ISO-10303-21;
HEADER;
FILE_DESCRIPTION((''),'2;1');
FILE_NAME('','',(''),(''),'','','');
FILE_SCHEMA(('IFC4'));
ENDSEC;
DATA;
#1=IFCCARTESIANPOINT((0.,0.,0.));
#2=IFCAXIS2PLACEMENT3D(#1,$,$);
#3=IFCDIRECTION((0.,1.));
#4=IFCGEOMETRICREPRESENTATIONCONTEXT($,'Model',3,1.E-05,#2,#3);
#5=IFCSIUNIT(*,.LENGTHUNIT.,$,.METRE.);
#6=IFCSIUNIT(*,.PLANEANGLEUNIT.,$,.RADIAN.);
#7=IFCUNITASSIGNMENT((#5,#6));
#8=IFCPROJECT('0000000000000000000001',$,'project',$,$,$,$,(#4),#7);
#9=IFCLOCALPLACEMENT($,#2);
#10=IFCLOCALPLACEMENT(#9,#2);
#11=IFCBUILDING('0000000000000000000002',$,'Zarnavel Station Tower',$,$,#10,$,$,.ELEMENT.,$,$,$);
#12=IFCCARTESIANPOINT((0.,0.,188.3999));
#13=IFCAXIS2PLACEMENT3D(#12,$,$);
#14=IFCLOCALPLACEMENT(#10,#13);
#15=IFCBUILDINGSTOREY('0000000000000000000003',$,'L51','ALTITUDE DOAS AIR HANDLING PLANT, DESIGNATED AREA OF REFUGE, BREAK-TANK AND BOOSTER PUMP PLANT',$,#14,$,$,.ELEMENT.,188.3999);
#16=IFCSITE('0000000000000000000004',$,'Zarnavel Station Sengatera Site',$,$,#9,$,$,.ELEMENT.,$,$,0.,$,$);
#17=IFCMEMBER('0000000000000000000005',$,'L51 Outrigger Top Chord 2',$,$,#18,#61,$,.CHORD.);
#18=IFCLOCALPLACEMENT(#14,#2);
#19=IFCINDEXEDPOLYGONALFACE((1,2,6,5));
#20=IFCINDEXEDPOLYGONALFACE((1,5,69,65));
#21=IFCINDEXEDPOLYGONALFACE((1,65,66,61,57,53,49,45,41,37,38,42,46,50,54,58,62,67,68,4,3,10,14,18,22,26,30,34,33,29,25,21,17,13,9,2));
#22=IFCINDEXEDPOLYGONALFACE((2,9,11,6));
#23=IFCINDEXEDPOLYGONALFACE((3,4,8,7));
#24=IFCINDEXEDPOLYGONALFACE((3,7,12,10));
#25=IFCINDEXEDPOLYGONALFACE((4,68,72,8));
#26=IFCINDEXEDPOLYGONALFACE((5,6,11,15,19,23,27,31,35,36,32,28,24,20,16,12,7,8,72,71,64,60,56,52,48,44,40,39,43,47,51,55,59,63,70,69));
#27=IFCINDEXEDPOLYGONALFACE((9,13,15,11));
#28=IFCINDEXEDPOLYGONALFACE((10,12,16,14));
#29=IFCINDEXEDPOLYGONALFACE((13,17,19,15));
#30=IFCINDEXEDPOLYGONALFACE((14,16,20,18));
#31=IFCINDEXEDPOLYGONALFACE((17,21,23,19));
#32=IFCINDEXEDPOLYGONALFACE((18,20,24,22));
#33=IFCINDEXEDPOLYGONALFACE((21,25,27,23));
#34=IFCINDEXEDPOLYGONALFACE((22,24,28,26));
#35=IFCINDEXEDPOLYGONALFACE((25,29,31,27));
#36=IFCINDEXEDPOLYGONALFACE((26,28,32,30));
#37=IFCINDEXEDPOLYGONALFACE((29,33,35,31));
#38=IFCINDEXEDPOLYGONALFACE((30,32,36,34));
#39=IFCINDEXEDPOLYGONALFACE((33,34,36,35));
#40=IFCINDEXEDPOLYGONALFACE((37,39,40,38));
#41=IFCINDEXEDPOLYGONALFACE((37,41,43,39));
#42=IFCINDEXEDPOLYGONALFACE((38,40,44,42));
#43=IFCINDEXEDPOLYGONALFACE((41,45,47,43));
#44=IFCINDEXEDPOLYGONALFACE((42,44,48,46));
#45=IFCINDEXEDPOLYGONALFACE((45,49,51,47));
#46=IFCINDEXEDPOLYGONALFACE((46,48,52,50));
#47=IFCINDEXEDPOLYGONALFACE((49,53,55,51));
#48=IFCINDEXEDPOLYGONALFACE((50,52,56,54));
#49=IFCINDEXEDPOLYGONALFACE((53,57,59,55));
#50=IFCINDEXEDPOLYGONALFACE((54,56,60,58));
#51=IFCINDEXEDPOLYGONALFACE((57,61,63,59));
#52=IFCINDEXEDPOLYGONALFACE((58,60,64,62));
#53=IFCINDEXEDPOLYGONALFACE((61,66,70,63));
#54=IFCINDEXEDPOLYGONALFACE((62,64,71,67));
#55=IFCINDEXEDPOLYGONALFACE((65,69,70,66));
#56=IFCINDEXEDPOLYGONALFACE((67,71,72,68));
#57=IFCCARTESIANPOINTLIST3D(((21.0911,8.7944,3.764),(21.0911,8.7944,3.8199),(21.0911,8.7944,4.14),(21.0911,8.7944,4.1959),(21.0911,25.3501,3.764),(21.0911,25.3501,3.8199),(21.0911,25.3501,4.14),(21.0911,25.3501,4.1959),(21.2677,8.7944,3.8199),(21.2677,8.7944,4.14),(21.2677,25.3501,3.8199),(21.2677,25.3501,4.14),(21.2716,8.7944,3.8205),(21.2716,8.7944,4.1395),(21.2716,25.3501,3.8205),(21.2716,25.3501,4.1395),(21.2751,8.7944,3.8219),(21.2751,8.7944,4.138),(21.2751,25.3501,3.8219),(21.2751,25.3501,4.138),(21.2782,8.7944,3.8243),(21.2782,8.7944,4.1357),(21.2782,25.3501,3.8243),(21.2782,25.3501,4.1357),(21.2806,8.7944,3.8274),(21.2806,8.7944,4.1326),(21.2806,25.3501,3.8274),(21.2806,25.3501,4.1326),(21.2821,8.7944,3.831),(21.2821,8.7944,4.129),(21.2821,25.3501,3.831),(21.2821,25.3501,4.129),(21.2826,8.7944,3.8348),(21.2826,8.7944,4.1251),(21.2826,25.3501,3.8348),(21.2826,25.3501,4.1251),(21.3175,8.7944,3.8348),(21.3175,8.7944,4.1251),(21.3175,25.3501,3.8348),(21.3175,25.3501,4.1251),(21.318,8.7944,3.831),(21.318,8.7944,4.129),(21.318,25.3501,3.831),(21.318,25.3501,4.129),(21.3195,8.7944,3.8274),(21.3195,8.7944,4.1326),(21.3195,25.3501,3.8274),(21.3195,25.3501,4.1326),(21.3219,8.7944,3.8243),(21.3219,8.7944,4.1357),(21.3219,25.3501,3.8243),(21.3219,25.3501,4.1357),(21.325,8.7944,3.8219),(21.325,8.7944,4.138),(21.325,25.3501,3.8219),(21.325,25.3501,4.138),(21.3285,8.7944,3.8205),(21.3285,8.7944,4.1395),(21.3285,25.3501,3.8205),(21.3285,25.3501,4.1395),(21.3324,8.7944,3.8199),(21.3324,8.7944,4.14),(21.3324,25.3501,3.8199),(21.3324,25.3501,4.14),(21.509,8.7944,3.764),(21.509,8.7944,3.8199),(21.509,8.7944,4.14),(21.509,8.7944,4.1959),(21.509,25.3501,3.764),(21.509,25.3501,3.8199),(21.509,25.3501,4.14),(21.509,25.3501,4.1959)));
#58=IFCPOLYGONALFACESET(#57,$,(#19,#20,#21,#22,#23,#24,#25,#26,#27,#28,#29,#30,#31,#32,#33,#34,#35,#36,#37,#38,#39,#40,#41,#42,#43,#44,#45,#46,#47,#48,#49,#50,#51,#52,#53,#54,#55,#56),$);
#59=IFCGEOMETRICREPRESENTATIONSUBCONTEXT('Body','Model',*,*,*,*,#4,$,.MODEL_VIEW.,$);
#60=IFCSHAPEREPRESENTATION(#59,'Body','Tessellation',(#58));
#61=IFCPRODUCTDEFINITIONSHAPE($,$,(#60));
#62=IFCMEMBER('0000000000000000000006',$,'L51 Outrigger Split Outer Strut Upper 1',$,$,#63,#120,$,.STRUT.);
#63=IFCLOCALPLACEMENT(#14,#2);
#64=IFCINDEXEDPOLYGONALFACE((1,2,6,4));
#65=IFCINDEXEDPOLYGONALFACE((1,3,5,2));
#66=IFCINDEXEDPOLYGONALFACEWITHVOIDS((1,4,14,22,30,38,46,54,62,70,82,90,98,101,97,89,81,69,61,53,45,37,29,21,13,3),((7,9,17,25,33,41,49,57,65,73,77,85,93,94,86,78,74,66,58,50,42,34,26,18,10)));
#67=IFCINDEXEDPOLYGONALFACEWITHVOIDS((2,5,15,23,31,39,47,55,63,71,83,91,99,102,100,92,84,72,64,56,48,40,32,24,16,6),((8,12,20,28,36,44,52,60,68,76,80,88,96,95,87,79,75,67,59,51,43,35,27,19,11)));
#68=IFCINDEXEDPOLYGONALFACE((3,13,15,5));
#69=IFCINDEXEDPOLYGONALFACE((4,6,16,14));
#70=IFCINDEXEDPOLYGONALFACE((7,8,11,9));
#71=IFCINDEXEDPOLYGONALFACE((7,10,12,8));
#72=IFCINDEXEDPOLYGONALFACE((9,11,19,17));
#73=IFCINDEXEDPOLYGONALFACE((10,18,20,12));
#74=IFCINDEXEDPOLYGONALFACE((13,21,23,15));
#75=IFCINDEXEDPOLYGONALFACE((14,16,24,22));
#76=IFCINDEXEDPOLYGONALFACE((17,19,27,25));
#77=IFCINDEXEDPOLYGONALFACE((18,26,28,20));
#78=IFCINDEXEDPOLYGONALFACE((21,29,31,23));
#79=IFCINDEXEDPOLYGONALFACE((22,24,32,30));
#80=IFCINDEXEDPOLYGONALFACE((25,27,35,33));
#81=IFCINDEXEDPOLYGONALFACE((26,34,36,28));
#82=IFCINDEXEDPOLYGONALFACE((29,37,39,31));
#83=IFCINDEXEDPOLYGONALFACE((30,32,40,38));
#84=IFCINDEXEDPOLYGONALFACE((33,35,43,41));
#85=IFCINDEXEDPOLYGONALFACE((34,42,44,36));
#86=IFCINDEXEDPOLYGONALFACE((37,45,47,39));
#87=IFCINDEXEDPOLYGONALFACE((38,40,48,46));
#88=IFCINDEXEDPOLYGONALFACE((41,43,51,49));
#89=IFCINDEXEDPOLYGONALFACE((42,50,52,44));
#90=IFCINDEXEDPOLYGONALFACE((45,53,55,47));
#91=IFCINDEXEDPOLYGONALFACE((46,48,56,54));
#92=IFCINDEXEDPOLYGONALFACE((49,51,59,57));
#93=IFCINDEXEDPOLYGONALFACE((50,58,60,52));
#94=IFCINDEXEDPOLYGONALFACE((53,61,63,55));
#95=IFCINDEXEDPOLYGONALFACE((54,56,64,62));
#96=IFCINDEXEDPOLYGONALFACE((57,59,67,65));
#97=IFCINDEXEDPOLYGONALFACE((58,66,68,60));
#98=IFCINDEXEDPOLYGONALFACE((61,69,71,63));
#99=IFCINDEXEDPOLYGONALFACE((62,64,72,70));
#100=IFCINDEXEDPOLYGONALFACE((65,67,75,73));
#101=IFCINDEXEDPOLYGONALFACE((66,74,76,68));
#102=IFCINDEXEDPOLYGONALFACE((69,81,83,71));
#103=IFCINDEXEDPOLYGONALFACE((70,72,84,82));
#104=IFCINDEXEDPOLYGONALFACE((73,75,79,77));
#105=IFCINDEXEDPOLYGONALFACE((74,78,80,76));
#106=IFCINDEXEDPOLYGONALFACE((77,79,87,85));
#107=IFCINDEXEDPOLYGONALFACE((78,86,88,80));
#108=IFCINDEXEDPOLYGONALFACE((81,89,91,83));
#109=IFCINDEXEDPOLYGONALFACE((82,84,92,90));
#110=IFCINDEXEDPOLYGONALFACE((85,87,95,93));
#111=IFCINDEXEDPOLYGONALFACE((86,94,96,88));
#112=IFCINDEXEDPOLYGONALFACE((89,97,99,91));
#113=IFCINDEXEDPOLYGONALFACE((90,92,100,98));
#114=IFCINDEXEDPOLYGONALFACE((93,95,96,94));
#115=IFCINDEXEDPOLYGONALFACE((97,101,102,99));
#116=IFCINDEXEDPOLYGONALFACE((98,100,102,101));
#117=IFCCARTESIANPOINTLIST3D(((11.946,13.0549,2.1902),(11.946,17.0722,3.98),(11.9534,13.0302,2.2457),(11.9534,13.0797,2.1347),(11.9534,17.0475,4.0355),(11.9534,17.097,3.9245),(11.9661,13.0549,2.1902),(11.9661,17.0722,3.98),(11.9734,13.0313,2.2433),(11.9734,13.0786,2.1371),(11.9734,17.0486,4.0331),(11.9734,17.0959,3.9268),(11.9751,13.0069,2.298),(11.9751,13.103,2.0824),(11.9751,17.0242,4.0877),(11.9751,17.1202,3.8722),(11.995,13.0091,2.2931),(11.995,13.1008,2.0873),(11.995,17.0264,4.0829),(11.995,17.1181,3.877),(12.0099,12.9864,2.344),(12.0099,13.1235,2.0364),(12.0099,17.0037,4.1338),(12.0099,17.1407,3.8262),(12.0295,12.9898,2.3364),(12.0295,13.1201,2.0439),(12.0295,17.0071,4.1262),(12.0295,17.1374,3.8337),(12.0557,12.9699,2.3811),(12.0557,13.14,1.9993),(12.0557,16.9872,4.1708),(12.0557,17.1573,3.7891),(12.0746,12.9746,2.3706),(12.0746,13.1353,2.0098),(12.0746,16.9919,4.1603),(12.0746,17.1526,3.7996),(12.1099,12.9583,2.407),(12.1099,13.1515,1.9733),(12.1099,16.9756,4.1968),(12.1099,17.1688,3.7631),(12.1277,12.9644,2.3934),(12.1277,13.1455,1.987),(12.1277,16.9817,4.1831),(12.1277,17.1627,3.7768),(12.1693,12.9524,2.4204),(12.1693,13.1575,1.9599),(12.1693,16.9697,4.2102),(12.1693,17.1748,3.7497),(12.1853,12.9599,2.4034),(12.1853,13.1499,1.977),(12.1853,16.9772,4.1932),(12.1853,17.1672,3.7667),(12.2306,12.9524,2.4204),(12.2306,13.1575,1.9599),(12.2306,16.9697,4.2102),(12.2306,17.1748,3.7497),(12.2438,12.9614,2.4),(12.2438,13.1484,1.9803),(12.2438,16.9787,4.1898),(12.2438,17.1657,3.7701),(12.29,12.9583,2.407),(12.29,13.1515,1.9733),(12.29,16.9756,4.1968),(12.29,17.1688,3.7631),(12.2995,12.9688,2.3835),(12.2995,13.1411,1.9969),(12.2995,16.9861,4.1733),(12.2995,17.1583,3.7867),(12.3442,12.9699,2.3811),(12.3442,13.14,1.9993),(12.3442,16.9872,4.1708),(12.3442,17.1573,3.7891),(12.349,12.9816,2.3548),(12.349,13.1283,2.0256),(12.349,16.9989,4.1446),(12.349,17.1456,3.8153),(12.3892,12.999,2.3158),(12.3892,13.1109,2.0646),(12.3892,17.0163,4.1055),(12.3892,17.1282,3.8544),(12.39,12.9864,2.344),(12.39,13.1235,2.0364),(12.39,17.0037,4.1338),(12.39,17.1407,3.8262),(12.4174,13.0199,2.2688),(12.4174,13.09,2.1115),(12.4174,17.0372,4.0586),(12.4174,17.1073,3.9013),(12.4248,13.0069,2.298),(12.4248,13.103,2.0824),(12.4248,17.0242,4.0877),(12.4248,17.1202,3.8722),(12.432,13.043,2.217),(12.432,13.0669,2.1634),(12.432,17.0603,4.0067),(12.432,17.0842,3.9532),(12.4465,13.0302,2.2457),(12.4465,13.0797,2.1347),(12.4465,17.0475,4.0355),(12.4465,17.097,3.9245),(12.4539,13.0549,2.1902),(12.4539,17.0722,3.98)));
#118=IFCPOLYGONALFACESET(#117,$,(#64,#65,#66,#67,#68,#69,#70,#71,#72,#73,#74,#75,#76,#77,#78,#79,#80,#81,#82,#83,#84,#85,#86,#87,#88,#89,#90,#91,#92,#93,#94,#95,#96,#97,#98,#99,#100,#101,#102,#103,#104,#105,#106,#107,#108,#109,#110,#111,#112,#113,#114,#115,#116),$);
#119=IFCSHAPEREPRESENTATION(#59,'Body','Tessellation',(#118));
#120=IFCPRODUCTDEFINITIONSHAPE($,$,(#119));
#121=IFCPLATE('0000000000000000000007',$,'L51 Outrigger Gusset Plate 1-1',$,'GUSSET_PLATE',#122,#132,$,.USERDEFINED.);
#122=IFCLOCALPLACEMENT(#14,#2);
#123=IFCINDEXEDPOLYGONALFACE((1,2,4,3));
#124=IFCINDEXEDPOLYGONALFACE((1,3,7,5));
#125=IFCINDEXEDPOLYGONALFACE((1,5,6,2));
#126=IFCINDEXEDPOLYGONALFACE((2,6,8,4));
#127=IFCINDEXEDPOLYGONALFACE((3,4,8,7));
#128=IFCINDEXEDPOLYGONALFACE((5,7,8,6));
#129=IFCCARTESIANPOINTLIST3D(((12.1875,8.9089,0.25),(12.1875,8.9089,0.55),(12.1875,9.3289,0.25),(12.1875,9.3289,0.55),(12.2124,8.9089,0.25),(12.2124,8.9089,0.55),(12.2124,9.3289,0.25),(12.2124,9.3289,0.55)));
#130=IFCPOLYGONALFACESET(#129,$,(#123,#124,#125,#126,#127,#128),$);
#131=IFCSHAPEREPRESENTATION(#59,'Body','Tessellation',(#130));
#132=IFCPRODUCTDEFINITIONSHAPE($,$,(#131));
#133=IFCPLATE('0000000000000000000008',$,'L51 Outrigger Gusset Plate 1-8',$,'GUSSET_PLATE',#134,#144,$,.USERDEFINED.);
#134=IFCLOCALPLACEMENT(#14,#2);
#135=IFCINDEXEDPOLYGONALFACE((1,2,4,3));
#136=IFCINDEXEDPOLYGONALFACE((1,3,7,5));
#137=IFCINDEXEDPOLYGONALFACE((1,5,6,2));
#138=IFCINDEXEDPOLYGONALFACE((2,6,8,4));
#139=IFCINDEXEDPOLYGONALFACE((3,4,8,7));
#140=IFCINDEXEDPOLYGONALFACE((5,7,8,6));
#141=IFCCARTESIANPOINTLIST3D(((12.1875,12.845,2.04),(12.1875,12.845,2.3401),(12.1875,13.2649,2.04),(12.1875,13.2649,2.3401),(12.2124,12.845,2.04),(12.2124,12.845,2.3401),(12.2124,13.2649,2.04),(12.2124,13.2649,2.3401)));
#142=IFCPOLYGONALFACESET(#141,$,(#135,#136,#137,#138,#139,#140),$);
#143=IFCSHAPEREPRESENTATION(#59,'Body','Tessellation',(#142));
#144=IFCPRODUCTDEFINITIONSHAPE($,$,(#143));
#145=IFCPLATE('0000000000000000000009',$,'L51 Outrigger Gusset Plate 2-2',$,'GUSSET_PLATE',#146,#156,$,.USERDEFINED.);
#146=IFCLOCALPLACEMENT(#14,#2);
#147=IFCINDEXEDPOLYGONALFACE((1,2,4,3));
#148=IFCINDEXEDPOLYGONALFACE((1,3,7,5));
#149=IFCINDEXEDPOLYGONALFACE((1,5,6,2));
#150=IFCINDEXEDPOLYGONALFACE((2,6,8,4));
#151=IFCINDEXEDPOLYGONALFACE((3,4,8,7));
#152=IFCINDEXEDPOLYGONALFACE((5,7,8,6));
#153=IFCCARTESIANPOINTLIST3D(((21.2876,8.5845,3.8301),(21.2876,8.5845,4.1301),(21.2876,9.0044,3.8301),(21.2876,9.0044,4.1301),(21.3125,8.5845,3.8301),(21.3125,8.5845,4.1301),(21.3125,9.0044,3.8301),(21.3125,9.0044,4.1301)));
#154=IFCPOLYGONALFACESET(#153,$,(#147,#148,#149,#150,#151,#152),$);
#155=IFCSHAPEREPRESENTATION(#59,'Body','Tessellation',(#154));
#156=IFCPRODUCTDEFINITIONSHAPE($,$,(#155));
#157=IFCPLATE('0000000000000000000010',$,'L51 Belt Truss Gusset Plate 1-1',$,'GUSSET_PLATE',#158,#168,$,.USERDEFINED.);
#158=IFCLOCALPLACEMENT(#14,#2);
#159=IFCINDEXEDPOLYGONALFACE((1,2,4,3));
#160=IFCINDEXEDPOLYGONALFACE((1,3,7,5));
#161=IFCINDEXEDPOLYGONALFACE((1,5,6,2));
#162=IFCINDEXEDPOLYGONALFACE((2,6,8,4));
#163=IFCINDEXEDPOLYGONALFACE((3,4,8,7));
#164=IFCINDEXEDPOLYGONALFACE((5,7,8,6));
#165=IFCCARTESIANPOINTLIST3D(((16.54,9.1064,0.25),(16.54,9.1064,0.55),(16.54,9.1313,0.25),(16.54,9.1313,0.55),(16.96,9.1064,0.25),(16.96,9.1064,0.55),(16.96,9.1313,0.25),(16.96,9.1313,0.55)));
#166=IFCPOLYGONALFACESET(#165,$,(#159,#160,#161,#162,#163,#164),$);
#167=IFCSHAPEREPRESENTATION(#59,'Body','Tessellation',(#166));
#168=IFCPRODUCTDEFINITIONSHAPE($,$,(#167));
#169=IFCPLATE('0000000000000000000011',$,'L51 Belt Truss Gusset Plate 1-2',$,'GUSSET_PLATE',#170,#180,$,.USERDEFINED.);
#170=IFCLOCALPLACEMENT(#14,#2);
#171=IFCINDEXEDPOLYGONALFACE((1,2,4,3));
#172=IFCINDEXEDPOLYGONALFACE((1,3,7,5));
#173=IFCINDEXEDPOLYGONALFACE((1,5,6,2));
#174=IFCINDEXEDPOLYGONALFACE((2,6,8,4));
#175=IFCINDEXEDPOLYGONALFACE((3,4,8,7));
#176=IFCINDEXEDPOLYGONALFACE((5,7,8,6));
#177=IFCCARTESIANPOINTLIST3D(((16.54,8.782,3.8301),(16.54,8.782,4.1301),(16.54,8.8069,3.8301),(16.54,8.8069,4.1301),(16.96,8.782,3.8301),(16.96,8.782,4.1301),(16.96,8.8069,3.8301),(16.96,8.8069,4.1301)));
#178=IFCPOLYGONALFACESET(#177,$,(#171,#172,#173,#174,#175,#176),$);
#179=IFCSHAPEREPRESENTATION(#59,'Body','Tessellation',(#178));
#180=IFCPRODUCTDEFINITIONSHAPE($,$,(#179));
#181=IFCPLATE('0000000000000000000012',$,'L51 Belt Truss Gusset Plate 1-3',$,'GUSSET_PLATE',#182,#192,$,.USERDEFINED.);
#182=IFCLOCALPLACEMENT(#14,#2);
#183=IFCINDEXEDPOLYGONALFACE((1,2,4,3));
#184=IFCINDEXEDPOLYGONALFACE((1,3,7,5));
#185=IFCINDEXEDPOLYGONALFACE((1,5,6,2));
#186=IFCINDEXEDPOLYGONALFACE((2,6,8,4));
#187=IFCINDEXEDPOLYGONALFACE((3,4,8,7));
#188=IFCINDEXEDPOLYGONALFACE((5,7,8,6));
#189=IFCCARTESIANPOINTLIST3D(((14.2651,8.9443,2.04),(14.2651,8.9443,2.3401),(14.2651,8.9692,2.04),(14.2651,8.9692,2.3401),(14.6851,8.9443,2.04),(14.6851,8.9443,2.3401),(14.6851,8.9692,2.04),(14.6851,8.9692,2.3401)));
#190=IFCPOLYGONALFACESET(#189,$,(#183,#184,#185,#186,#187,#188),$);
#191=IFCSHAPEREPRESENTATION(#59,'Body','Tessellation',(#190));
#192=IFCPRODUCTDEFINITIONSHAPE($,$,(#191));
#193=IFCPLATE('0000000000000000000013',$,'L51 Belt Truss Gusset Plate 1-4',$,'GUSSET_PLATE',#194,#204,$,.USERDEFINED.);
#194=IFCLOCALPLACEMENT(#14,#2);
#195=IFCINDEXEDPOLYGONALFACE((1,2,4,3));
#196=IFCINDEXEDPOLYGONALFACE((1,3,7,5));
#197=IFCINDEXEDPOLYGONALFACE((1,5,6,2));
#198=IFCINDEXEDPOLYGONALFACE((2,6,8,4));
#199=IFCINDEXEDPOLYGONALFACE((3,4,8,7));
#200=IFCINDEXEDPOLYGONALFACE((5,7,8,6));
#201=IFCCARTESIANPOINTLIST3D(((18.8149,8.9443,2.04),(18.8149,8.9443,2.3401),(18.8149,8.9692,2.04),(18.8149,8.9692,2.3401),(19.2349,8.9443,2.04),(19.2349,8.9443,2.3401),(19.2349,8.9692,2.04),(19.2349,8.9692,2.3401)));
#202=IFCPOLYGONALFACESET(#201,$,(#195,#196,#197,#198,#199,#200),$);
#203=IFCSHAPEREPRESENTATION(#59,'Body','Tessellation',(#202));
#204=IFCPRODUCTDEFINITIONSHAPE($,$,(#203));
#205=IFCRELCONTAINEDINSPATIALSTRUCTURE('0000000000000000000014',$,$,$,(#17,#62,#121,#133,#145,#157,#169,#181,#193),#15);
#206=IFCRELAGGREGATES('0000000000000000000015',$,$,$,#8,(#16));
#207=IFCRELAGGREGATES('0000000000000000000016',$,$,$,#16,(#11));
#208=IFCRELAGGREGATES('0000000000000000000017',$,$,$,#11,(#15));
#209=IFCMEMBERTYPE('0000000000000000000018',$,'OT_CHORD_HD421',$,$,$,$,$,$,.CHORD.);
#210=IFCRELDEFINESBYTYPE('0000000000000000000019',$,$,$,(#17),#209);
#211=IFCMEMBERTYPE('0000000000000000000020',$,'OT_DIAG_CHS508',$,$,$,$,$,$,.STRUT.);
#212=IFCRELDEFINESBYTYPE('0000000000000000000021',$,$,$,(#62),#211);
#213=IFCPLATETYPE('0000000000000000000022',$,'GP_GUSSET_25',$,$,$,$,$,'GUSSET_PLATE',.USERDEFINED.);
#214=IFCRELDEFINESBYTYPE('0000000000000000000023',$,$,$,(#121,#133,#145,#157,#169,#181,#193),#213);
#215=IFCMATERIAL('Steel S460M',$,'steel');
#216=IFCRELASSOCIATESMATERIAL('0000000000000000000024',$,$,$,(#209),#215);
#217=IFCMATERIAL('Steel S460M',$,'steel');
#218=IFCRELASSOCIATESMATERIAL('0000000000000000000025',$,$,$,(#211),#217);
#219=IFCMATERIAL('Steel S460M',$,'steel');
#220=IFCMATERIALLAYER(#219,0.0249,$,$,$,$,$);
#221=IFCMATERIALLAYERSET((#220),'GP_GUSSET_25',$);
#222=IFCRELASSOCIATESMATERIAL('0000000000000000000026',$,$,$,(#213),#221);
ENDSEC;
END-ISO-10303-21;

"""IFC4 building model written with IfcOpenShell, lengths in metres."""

from ifc_helpers import new_model, si_unit, direction, frame, origin, origin_2d, place, context, subcontext, project, spatial, rectangle, hollow_circle, i_section, extrude, material, layer, layer_set, material_profile, profile_set, type_object, element, save


model = new_model("IFC4")

# Units and contexts
model_context = context("Model", 3, precision=1e-05, world=origin(), true_north=direction((0.0, 1.0)))
body_context = subcontext(model_context, "Body", "Model", "MODEL_VIEW")
ifc_project = project(units=[si_unit("LENGTHUNIT", "METRE"), si_unit("PLANEANGLEUNIT", "RADIAN")], contexts=[model_context])

# Site, building, storey
site_placement = place(None, origin())
site = spatial("IfcSite", under=ifc_project, at=site_placement, Name="Zarnavel Station Sengatera Site", CompositionType="ELEMENT", RefElevation=0.0)
building_placement = place(site_placement, origin())
building = spatial("IfcBuilding", under=site, at=building_placement, Name="Zarnavel Station Tower", CompositionType="ELEMENT")
storey_placement = place(building_placement, frame((0.0, 0.0, 188.3999)))
storey = spatial("IfcBuildingStorey", under=building, at=storey_placement, Name="L51", Description="ALTITUDE DOAS AIR HANDLING PLANT, DESIGNATED AREA OF REFUGE, BREAK-TANK AND BOOSTER PUMP PLANT", CompositionType="ELEMENT", Elevation=188.3999)

# Members
ifc_material_1 = material(Name="Steel S460M", Category="steel")
ifc_material_profile_1 = material_profile(ifc_material_1, i_section(OverallWidth=0.418, OverallDepth=0.4319, WebThickness=0.0349, FlangeThickness=0.0559, FilletRadius=0.0149, at=origin_2d()), Name="HD400x421")
ifc_profile_set_1 = profile_set([ifc_material_profile_1], Name="Steel S460M")
member_type_1 = type_object("IfcMemberType", Name="OT_CHORD_HD421", PredefinedType="CHORD", material=ifc_profile_set_1)
member_1_placement = place(storey_placement, frame((21.3, 8.7944, 3.98), z_axis=(0.0, 1.0, 0.0), x_axis=(-1.0, 0.0, 0.0)))
element("IfcMember", 1, at=member_1_placement, inside=storey, type_object=member_type_1, Name="L51 Outrigger Top Chord 2", PredefinedType="CHORD", context=body_context, shape_type="SweptSolid", body=[
    extrude(i_section(OverallWidth=0.418, OverallDepth=0.4319, WebThickness=0.0349, FlangeThickness=0.0559, FilletRadius=0.0149, at=origin_2d()), origin(), (0.0, 0.0, 1.0), 16.5557),
])
ifc_material_2 = material(Name="Steel S460M", Category="steel")
ifc_material_profile_2 = material_profile(ifc_material_2, hollow_circle(Radius=0.2539, WallThickness=0.02, at=origin_2d()), Name="CHS508x20")
ifc_profile_set_2 = profile_set([ifc_material_profile_2], Name="Steel S460M")
member_type_2 = type_object("IfcMemberType", Name="OT_DIAG_CHS508", PredefinedType="STRUT", material=ifc_profile_set_2)
member_2_placement = place(storey_placement, frame((12.2, 13.0549, 2.1902), z_axis=(0.0, 0.913447, 0.406957), x_axis=(-1.0, 0.0, 0.0)))
element("IfcMember", 2, at=member_2_placement, inside=storey, type_object=member_type_2, Name="L51 Outrigger Split Outer Strut Upper 1", PredefinedType="STRUT", context=body_context, shape_type="SweptSolid", body=[
    extrude(hollow_circle(Radius=0.2539, WallThickness=0.02, at=origin_2d()), origin(), (0.0, 0.0, 1.0), 4.3979),
])

# Plates
ifc_material_3 = material(Name="Steel S460M", Category="steel")
ifc_layer_1 = layer(ifc_material_3, 0.0249)
ifc_layer_set_1 = layer_set([ifc_layer_1], Name="GP_GUSSET_25")
plate_type = type_object("IfcPlateType", Name="GP_GUSSET_25", ElementType="GUSSET_PLATE", PredefinedType="USERDEFINED", material=ifc_layer_set_1)
for number, where, z_axis, x_axis, name in (
    (3, (12.2, 9.1189, 0.25), (0.0, 0.0, 1.0), (1.0, 0.0, 0.0), "L51 Outrigger Gusset Plate 1-1"),
    (4, (12.2, 13.0549, 2.04), (0.0, 0.0, 1.0), (1.0, 0.0, 0.0), "L51 Outrigger Gusset Plate 1-8"),
    (5, (21.3, 8.7944, 3.8301), (0.0, 0.0, 1.0), (1.0, 0.0, 0.0), "L51 Outrigger Gusset Plate 2-2"),
):
    element("IfcPlate", number, at=place(storey_placement, frame(where, z_axis=z_axis, x_axis=x_axis)), inside=storey, type_object=plate_type, Name=name, ObjectType="GUSSET_PLATE", PredefinedType="USERDEFINED", context=body_context, shape_type="SweptSolid", body=[
        extrude(rectangle(XDim=0.0249, YDim=0.4199, at=origin_2d()), origin(), (0.0, 0.0, 1.0), 0.3),
    ])
for number, where, z_axis, x_axis, name in (
    (6, (16.75, 9.1189, 0.25), (0.0, 0.0, 1.0), (1.0, 0.0, 0.0), "L51 Belt Truss Gusset Plate 1-1"),
    (7, (16.75, 8.7944, 3.8301), (0.0, 0.0, 1.0), (1.0, 0.0, 0.0), "L51 Belt Truss Gusset Plate 1-2"),
    (8, (14.4751, 8.9568, 2.04), (0.0, 0.0, 1.0), (1.0, 0.0, 0.0), "L51 Belt Truss Gusset Plate 1-3"),
    (9, (19.0249, 8.9568, 2.04), (0.0, 0.0, 1.0), (1.0, 0.0, 0.0), "L51 Belt Truss Gusset Plate 1-4"),
):
    element("IfcPlate", number, at=place(storey_placement, frame(where, z_axis=z_axis, x_axis=x_axis)), inside=storey, type_object=plate_type, Name=name, ObjectType="GUSSET_PLATE", PredefinedType="USERDEFINED", context=body_context, shape_type="SweptSolid", body=[
        extrude(rectangle(XDim=0.4199, YDim=0.0249, at=origin_2d()), origin(), (0.0, 0.0, 1.0), 0.3),
    ])

save(model, "model.ifc")
